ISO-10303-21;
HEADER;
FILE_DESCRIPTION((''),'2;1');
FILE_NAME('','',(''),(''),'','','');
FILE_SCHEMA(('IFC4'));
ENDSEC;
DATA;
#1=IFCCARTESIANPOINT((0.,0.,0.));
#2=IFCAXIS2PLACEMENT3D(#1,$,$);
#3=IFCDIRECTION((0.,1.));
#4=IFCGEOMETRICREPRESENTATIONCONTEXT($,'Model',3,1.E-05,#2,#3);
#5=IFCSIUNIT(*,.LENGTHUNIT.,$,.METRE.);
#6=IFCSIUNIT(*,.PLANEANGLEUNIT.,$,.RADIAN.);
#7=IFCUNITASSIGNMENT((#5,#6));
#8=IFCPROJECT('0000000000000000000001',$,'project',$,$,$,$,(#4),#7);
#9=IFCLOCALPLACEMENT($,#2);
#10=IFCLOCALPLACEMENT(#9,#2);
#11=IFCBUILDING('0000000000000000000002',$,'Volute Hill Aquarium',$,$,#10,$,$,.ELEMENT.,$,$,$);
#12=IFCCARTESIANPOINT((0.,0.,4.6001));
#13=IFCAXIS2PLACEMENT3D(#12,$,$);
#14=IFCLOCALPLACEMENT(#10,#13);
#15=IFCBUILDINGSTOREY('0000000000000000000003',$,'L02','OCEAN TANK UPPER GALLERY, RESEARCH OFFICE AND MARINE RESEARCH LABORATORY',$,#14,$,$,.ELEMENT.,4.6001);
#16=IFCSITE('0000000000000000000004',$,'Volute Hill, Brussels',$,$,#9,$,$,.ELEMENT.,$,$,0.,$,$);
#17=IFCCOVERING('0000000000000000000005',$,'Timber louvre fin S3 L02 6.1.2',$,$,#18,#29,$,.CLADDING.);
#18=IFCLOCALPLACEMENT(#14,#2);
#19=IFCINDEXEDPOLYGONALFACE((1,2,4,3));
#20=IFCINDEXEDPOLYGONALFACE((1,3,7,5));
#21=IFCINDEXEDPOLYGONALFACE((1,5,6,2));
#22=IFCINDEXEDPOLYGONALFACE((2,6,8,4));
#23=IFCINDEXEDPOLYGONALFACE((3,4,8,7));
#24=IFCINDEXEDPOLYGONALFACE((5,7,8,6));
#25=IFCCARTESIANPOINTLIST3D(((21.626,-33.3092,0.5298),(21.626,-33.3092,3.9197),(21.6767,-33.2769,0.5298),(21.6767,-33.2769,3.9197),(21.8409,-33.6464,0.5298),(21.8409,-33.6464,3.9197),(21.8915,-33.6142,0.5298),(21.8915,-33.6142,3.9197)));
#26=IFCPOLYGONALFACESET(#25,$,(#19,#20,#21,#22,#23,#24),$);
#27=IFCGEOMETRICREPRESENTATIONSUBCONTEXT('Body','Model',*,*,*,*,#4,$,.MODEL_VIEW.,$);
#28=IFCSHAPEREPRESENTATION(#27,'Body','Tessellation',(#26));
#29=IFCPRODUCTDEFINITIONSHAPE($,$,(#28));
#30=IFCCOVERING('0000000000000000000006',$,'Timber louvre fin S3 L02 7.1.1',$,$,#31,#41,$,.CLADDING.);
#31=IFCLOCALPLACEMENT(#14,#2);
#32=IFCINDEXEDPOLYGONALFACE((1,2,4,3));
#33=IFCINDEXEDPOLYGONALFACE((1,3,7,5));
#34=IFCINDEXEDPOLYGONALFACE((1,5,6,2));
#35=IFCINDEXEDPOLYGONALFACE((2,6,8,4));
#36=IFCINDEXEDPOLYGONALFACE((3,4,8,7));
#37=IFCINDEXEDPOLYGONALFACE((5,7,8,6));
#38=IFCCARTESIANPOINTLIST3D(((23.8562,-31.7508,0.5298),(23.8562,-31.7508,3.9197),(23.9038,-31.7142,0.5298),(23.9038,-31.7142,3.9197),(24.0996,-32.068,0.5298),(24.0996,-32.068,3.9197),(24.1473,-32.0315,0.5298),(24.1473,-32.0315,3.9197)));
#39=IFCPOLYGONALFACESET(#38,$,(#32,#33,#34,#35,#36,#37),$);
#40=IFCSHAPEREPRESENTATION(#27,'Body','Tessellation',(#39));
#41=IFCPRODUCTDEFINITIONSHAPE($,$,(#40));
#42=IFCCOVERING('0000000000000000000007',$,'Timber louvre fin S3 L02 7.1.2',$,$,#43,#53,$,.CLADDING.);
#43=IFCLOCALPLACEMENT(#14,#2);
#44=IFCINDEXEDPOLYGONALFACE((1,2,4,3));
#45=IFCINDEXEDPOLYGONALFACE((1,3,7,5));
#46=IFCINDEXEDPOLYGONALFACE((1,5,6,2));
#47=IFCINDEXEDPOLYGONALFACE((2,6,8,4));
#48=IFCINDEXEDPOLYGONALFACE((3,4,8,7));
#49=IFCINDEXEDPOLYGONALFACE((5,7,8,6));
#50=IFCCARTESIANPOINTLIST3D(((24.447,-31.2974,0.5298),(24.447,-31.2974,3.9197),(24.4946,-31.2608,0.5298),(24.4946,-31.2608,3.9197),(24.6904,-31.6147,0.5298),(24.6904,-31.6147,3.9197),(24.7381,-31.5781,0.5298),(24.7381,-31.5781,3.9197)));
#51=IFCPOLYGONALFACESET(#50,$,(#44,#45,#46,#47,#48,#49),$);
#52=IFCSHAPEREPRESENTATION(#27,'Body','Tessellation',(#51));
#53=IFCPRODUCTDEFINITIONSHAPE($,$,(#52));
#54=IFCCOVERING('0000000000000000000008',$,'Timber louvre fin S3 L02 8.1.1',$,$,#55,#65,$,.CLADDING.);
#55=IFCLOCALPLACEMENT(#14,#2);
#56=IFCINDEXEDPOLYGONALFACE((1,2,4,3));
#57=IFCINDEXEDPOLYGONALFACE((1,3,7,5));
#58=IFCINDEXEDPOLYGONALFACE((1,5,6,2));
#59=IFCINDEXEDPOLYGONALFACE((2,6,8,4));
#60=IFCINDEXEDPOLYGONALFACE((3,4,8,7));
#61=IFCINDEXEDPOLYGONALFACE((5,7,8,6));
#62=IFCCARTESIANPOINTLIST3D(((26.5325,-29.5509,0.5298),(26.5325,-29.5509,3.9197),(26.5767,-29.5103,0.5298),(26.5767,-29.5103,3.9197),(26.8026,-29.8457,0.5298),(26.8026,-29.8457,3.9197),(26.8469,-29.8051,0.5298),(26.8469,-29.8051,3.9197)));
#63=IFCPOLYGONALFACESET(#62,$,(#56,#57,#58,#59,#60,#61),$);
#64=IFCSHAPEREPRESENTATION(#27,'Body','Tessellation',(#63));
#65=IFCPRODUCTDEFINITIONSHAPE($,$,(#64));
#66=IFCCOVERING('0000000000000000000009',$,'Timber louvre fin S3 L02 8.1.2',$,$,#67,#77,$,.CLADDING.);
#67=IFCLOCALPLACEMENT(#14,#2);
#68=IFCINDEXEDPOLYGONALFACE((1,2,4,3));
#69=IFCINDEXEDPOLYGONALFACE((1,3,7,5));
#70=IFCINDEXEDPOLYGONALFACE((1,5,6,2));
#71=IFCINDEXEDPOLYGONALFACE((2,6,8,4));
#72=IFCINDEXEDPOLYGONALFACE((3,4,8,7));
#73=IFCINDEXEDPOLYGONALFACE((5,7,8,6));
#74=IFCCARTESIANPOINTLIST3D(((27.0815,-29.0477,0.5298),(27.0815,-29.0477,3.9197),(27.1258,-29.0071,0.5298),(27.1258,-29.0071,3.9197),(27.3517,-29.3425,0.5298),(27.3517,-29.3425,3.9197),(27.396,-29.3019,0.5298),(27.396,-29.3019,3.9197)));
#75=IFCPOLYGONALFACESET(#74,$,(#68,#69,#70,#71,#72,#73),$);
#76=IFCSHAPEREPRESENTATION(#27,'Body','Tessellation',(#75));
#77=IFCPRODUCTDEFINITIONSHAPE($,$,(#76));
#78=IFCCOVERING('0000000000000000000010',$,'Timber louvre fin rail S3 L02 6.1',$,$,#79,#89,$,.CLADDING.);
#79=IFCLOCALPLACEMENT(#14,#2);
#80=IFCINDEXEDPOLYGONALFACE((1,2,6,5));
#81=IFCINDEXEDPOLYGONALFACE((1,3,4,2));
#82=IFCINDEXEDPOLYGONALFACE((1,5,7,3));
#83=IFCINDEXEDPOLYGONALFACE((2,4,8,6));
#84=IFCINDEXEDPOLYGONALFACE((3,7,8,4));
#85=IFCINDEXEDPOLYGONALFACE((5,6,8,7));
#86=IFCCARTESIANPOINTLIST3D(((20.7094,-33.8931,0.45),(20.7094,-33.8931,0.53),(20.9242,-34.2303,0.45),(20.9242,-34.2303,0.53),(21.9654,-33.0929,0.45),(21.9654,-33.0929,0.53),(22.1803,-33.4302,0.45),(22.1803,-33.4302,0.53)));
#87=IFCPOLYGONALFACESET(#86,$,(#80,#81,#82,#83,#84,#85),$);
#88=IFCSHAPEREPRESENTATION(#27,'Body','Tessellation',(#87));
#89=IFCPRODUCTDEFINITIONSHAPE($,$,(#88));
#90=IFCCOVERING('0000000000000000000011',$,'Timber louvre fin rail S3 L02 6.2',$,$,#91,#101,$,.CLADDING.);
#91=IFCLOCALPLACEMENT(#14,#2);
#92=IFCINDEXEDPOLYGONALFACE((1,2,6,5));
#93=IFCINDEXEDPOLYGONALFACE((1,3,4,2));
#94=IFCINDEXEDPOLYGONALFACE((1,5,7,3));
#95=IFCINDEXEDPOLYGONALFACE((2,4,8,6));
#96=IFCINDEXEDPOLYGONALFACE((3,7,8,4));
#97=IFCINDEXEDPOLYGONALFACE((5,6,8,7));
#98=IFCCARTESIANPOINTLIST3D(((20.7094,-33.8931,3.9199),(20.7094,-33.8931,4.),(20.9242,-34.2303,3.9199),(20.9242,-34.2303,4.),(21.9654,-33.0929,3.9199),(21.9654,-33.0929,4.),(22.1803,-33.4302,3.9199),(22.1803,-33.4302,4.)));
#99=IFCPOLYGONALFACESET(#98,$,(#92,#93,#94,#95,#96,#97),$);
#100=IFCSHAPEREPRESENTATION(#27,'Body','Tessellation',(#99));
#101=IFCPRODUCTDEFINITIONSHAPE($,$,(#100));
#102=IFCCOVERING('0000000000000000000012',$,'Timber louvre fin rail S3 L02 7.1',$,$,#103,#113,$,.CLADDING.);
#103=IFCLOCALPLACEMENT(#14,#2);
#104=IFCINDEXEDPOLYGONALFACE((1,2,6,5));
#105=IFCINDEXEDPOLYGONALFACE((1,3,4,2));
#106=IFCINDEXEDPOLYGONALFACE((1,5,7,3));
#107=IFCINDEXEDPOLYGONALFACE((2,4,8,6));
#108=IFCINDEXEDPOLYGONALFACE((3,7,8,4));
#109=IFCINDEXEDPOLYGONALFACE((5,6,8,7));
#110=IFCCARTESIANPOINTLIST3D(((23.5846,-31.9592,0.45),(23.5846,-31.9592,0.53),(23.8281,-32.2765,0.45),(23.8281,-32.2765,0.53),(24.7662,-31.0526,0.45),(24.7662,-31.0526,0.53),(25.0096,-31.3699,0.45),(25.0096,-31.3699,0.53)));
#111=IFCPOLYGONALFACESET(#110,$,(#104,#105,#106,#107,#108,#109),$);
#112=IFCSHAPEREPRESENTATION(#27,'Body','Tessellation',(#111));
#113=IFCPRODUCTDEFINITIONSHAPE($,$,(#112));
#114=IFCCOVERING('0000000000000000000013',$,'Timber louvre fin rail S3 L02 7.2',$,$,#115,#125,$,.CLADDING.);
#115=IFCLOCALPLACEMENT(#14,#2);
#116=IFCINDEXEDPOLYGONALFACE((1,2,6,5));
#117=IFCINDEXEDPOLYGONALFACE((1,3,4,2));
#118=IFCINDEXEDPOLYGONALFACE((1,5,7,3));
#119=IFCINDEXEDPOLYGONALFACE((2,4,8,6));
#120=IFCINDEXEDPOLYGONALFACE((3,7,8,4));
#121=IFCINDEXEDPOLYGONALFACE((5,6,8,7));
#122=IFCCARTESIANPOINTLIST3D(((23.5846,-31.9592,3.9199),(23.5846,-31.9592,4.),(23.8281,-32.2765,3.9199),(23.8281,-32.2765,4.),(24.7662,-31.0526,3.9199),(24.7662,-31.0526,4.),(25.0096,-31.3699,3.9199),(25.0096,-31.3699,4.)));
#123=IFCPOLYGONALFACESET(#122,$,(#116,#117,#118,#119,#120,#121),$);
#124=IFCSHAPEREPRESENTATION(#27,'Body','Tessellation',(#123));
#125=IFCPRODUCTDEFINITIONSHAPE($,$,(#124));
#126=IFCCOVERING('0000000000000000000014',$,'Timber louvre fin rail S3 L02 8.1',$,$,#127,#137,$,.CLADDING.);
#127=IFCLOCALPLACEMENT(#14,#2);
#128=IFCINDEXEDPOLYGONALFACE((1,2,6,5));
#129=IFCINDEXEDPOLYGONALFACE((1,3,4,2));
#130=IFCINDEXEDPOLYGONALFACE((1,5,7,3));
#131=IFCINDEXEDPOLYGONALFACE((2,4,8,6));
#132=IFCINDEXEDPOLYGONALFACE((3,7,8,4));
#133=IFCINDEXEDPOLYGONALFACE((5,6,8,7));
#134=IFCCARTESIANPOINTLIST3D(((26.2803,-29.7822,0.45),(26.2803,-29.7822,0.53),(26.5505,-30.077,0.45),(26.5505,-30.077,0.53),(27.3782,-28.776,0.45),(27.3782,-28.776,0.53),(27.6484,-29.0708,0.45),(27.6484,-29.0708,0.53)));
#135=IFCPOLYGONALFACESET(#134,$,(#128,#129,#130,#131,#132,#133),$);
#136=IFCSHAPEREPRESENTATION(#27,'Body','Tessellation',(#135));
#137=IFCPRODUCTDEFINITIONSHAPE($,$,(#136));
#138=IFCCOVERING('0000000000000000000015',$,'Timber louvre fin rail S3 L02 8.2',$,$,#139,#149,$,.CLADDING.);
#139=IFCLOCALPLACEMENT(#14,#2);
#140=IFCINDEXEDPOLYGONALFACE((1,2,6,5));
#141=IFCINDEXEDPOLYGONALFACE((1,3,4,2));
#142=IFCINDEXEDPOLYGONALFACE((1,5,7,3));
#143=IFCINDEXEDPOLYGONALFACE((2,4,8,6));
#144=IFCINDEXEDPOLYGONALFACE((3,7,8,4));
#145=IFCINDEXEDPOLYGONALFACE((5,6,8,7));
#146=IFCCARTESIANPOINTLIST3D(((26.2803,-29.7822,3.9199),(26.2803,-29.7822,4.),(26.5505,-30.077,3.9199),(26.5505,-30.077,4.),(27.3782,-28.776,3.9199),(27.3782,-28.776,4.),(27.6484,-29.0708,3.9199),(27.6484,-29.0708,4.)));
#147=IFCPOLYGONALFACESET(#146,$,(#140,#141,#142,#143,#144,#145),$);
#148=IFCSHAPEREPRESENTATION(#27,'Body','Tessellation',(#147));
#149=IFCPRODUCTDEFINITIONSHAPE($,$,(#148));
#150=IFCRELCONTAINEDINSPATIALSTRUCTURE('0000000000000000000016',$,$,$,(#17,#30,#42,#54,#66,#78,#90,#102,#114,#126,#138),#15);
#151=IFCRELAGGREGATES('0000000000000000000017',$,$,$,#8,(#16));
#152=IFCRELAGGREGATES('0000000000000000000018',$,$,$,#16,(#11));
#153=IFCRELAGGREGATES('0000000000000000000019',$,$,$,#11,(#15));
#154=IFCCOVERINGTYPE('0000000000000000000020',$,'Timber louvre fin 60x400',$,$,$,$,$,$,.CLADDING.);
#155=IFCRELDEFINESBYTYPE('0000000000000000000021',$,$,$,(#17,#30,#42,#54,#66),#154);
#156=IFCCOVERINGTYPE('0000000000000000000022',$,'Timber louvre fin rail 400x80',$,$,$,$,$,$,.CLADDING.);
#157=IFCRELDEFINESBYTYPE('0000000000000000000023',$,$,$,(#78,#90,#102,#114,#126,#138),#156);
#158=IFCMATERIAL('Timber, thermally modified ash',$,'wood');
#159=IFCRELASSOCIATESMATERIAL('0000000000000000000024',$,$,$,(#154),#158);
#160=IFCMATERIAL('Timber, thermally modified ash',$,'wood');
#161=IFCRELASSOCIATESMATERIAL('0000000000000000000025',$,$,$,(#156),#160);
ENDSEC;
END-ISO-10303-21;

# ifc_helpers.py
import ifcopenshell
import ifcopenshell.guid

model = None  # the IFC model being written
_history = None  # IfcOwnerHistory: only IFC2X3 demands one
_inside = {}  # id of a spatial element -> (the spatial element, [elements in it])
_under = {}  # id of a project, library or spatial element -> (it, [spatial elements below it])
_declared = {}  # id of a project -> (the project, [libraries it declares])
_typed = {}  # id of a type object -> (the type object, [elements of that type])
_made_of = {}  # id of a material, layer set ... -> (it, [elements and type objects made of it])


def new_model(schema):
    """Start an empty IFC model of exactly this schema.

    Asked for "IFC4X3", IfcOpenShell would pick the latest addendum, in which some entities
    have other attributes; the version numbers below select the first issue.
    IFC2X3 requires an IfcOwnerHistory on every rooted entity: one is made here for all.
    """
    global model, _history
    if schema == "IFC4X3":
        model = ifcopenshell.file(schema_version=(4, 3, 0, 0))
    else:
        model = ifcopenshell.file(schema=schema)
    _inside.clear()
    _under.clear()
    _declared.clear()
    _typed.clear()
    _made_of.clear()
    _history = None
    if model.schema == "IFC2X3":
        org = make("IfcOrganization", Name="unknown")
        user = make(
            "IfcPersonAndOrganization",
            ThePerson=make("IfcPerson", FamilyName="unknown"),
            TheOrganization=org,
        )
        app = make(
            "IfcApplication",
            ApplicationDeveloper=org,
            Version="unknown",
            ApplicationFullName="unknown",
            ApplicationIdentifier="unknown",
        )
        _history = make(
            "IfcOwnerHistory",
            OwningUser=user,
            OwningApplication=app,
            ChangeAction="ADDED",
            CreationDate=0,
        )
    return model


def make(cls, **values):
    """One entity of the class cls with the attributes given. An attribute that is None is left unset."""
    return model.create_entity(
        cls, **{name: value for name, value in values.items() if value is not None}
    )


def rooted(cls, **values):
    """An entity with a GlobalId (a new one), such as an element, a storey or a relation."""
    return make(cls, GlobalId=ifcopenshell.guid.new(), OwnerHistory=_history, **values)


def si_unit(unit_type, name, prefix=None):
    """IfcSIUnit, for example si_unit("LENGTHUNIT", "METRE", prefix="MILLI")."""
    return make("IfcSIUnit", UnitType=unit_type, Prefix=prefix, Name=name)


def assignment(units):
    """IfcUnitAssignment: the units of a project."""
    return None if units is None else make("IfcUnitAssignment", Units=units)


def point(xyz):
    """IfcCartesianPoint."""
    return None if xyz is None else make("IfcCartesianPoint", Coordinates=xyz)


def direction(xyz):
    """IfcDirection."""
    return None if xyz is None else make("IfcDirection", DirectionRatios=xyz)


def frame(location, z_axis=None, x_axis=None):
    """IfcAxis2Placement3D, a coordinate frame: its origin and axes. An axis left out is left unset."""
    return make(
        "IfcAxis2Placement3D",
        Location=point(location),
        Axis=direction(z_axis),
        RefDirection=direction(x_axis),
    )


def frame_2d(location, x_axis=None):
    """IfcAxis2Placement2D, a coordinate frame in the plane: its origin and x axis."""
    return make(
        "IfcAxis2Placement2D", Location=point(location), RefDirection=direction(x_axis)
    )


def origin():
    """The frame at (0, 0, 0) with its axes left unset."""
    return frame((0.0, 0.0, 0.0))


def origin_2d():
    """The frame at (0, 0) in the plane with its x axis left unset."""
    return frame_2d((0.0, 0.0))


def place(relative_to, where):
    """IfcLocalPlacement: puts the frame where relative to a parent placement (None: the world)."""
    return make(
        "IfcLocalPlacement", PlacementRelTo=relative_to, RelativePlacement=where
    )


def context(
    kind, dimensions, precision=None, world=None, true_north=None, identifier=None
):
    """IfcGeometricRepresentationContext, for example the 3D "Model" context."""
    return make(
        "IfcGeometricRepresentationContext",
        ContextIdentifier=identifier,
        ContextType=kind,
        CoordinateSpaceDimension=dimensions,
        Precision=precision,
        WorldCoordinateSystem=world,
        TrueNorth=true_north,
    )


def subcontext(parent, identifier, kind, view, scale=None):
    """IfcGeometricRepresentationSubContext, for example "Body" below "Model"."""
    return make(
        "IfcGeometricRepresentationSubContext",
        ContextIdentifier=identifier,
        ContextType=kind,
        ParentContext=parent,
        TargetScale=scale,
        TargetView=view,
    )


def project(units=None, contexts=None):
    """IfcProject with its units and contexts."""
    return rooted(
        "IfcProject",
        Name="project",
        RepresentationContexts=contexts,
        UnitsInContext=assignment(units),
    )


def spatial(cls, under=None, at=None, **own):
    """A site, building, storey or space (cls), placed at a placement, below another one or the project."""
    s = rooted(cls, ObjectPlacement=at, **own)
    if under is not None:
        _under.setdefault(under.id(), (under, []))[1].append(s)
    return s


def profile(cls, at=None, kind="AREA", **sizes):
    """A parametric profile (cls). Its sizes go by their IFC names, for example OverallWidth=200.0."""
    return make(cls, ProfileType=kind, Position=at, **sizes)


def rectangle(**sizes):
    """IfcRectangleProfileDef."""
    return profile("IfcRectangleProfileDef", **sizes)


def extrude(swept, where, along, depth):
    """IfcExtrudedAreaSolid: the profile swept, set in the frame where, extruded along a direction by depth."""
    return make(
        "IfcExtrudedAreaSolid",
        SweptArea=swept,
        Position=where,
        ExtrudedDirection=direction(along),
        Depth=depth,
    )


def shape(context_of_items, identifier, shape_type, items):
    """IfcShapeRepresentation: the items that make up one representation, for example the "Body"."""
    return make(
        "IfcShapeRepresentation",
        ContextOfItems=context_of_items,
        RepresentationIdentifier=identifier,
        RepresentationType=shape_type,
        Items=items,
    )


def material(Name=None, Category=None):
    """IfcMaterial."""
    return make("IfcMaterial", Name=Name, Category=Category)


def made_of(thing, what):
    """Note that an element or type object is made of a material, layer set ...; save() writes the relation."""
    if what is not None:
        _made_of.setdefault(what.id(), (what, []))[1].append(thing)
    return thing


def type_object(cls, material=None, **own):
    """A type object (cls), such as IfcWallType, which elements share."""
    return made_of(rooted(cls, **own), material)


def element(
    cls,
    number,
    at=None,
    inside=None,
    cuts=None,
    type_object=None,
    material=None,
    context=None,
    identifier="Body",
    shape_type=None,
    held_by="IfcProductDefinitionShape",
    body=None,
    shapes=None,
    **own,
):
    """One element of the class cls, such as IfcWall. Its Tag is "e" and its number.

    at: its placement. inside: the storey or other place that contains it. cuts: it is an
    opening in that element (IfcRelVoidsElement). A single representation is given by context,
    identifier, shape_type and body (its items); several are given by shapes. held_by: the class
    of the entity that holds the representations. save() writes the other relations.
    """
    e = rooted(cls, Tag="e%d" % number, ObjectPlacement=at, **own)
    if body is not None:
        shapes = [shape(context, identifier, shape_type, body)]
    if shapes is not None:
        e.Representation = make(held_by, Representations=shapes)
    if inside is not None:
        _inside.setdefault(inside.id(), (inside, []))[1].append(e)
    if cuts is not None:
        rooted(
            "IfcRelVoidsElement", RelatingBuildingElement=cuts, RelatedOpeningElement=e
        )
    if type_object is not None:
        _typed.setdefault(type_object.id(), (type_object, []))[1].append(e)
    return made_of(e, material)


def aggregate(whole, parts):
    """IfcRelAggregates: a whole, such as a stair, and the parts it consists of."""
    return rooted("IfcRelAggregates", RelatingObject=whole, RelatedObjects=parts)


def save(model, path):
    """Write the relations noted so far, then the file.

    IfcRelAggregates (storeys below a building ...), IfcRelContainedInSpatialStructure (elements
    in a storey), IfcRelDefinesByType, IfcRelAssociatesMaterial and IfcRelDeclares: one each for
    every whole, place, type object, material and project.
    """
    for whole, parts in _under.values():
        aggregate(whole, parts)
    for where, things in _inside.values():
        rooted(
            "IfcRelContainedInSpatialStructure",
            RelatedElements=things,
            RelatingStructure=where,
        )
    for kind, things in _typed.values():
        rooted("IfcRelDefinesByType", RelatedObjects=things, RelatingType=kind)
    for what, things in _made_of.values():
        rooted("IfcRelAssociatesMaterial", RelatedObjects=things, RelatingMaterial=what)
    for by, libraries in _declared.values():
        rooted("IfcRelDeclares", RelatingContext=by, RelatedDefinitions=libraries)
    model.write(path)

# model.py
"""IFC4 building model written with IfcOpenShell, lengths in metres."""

from ifc_helpers import new_model, si_unit, direction, frame, origin, origin_2d, place, context, subcontext, project, spatial, rectangle, extrude, material, type_object, element, save


model = new_model("IFC4")

# Units and contexts
model_context = context("Model", 3, precision=1e-05, world=origin(), true_north=direction((0.0, 1.0)))
body_context = subcontext(model_context, "Body", "Model", "MODEL_VIEW")
ifc_project = project(units=[si_unit("LENGTHUNIT", "METRE"), si_unit("PLANEANGLEUNIT", "RADIAN")], contexts=[model_context])

# Site, building, storey
site_placement = place(None, origin())
site = spatial("IfcSite", under=ifc_project, at=site_placement, Name="Volute Hill, Brussels", CompositionType="ELEMENT", RefElevation=0.0)
building_placement = place(site_placement, origin())
building = spatial("IfcBuilding", under=site, at=building_placement, Name="Volute Hill Aquarium", CompositionType="ELEMENT")
storey_placement = place(building_placement, frame((0.0, 0.0, 4.6001)))
storey = spatial("IfcBuildingStorey", under=building, at=storey_placement, Name="L02", Description="OCEAN TANK UPPER GALLERY, RESEARCH OFFICE AND MARINE RESEARCH LABORATORY", CompositionType="ELEMENT", Elevation=4.6001)

# Coverings
ifc_material_1 = material(Name="Timber, thermally modified ash", Category="wood")
covering_type_1 = type_object("IfcCoveringType", Name="Timber louvre fin 60x400", PredefinedType="CLADDING", material=ifc_material_1)
for number, where, z_axis, x_axis, name in (
    (1, (21.7588, -33.4617, 0.5298), (0.0, 0.0, 1.0), (0.843389, 0.537303, 0.0), "Timber louvre fin S3 L02 6.1.2"),
    (2, (24.0017, -31.8911, 0.5298), (0.0, 0.0, 1.0), (0.793365, 0.608746, 0.0), "Timber louvre fin S3 L02 7.1.1"),
    (3, (24.5925, -31.4377, 0.5298), (0.0, 0.0, 1.0), (0.793365, 0.608746, 0.0), "Timber louvre fin S3 L02 7.1.2"),
    (4, (26.6897, -29.678, 0.5298), (0.0, 0.0, 1.0), (0.737257, 0.675612, 0.0), "Timber louvre fin S3 L02 8.1.1"),
    (5, (27.2388, -29.1748, 0.5298), (0.0, 0.0, 1.0), (0.737257, 0.675612, 0.0), "Timber louvre fin S3 L02 8.1.2"),
):
    element("IfcCovering", number, at=place(storey_placement, frame(where, z_axis=z_axis, x_axis=x_axis)), inside=storey, type_object=covering_type_1, Name=name, PredefinedType="CLADDING", context=body_context, shape_type="SweptSolid", body=[
        extrude(rectangle(XDim=0.0601, YDim=0.3999, at=origin_2d()), origin(), (0.0, 0.0, 1.0), 3.3899),
    ])
ifc_material_2 = material(Name="Timber, thermally modified ash", Category="wood")
covering_type_2 = type_object("IfcCoveringType", Name="Timber louvre fin rail 400x80", PredefinedType="CLADDING", material=ifc_material_2)
for number, where, z_axis, x_axis, name in (
    (6, (21.4448, -33.6616, 0.45), (0.0, 0.0, 1.0), (0.843389, 0.537303, 0.0), "Timber louvre fin rail S3 L02 6.1"),
    (7, (21.4448, -33.6616, 3.9199), (0.0, 0.0, 1.0), (0.843389, 0.537303, 0.0), "Timber louvre fin rail S3 L02 6.2"),
    (8, (24.2971, -31.6646, 0.45), (0.0, 0.0, 1.0), (0.793365, 0.608746, 0.0), "Timber louvre fin rail S3 L02 7.1"),
    (9, (24.2971, -31.6646, 3.9199), (0.0, 0.0, 1.0), (0.793365, 0.608746, 0.0), "Timber louvre fin rail S3 L02 7.2"),
    (10, (26.9644, -29.4265, 0.45), (0.0, 0.0, 1.0), (0.737257, 0.675612, 0.0), "Timber louvre fin rail S3 L02 8.1"),
    (11, (26.9644, -29.4265, 3.9199), (0.0, 0.0, 1.0), (0.737257, 0.675612, 0.0), "Timber louvre fin rail S3 L02 8.2"),
):
    element("IfcCovering", number, at=place(storey_placement, frame(where, z_axis=z_axis, x_axis=x_axis)), inside=storey, type_object=covering_type_2, Name=name, PredefinedType="CLADDING", context=body_context, shape_type="SweptSolid", body=[
        extrude(rectangle(XDim=1.4893, YDim=0.3999, at=origin_2d()), origin(), (0.0, 0.0, 1.0), 0.0801),
    ])

save(model, "model.ifc")
